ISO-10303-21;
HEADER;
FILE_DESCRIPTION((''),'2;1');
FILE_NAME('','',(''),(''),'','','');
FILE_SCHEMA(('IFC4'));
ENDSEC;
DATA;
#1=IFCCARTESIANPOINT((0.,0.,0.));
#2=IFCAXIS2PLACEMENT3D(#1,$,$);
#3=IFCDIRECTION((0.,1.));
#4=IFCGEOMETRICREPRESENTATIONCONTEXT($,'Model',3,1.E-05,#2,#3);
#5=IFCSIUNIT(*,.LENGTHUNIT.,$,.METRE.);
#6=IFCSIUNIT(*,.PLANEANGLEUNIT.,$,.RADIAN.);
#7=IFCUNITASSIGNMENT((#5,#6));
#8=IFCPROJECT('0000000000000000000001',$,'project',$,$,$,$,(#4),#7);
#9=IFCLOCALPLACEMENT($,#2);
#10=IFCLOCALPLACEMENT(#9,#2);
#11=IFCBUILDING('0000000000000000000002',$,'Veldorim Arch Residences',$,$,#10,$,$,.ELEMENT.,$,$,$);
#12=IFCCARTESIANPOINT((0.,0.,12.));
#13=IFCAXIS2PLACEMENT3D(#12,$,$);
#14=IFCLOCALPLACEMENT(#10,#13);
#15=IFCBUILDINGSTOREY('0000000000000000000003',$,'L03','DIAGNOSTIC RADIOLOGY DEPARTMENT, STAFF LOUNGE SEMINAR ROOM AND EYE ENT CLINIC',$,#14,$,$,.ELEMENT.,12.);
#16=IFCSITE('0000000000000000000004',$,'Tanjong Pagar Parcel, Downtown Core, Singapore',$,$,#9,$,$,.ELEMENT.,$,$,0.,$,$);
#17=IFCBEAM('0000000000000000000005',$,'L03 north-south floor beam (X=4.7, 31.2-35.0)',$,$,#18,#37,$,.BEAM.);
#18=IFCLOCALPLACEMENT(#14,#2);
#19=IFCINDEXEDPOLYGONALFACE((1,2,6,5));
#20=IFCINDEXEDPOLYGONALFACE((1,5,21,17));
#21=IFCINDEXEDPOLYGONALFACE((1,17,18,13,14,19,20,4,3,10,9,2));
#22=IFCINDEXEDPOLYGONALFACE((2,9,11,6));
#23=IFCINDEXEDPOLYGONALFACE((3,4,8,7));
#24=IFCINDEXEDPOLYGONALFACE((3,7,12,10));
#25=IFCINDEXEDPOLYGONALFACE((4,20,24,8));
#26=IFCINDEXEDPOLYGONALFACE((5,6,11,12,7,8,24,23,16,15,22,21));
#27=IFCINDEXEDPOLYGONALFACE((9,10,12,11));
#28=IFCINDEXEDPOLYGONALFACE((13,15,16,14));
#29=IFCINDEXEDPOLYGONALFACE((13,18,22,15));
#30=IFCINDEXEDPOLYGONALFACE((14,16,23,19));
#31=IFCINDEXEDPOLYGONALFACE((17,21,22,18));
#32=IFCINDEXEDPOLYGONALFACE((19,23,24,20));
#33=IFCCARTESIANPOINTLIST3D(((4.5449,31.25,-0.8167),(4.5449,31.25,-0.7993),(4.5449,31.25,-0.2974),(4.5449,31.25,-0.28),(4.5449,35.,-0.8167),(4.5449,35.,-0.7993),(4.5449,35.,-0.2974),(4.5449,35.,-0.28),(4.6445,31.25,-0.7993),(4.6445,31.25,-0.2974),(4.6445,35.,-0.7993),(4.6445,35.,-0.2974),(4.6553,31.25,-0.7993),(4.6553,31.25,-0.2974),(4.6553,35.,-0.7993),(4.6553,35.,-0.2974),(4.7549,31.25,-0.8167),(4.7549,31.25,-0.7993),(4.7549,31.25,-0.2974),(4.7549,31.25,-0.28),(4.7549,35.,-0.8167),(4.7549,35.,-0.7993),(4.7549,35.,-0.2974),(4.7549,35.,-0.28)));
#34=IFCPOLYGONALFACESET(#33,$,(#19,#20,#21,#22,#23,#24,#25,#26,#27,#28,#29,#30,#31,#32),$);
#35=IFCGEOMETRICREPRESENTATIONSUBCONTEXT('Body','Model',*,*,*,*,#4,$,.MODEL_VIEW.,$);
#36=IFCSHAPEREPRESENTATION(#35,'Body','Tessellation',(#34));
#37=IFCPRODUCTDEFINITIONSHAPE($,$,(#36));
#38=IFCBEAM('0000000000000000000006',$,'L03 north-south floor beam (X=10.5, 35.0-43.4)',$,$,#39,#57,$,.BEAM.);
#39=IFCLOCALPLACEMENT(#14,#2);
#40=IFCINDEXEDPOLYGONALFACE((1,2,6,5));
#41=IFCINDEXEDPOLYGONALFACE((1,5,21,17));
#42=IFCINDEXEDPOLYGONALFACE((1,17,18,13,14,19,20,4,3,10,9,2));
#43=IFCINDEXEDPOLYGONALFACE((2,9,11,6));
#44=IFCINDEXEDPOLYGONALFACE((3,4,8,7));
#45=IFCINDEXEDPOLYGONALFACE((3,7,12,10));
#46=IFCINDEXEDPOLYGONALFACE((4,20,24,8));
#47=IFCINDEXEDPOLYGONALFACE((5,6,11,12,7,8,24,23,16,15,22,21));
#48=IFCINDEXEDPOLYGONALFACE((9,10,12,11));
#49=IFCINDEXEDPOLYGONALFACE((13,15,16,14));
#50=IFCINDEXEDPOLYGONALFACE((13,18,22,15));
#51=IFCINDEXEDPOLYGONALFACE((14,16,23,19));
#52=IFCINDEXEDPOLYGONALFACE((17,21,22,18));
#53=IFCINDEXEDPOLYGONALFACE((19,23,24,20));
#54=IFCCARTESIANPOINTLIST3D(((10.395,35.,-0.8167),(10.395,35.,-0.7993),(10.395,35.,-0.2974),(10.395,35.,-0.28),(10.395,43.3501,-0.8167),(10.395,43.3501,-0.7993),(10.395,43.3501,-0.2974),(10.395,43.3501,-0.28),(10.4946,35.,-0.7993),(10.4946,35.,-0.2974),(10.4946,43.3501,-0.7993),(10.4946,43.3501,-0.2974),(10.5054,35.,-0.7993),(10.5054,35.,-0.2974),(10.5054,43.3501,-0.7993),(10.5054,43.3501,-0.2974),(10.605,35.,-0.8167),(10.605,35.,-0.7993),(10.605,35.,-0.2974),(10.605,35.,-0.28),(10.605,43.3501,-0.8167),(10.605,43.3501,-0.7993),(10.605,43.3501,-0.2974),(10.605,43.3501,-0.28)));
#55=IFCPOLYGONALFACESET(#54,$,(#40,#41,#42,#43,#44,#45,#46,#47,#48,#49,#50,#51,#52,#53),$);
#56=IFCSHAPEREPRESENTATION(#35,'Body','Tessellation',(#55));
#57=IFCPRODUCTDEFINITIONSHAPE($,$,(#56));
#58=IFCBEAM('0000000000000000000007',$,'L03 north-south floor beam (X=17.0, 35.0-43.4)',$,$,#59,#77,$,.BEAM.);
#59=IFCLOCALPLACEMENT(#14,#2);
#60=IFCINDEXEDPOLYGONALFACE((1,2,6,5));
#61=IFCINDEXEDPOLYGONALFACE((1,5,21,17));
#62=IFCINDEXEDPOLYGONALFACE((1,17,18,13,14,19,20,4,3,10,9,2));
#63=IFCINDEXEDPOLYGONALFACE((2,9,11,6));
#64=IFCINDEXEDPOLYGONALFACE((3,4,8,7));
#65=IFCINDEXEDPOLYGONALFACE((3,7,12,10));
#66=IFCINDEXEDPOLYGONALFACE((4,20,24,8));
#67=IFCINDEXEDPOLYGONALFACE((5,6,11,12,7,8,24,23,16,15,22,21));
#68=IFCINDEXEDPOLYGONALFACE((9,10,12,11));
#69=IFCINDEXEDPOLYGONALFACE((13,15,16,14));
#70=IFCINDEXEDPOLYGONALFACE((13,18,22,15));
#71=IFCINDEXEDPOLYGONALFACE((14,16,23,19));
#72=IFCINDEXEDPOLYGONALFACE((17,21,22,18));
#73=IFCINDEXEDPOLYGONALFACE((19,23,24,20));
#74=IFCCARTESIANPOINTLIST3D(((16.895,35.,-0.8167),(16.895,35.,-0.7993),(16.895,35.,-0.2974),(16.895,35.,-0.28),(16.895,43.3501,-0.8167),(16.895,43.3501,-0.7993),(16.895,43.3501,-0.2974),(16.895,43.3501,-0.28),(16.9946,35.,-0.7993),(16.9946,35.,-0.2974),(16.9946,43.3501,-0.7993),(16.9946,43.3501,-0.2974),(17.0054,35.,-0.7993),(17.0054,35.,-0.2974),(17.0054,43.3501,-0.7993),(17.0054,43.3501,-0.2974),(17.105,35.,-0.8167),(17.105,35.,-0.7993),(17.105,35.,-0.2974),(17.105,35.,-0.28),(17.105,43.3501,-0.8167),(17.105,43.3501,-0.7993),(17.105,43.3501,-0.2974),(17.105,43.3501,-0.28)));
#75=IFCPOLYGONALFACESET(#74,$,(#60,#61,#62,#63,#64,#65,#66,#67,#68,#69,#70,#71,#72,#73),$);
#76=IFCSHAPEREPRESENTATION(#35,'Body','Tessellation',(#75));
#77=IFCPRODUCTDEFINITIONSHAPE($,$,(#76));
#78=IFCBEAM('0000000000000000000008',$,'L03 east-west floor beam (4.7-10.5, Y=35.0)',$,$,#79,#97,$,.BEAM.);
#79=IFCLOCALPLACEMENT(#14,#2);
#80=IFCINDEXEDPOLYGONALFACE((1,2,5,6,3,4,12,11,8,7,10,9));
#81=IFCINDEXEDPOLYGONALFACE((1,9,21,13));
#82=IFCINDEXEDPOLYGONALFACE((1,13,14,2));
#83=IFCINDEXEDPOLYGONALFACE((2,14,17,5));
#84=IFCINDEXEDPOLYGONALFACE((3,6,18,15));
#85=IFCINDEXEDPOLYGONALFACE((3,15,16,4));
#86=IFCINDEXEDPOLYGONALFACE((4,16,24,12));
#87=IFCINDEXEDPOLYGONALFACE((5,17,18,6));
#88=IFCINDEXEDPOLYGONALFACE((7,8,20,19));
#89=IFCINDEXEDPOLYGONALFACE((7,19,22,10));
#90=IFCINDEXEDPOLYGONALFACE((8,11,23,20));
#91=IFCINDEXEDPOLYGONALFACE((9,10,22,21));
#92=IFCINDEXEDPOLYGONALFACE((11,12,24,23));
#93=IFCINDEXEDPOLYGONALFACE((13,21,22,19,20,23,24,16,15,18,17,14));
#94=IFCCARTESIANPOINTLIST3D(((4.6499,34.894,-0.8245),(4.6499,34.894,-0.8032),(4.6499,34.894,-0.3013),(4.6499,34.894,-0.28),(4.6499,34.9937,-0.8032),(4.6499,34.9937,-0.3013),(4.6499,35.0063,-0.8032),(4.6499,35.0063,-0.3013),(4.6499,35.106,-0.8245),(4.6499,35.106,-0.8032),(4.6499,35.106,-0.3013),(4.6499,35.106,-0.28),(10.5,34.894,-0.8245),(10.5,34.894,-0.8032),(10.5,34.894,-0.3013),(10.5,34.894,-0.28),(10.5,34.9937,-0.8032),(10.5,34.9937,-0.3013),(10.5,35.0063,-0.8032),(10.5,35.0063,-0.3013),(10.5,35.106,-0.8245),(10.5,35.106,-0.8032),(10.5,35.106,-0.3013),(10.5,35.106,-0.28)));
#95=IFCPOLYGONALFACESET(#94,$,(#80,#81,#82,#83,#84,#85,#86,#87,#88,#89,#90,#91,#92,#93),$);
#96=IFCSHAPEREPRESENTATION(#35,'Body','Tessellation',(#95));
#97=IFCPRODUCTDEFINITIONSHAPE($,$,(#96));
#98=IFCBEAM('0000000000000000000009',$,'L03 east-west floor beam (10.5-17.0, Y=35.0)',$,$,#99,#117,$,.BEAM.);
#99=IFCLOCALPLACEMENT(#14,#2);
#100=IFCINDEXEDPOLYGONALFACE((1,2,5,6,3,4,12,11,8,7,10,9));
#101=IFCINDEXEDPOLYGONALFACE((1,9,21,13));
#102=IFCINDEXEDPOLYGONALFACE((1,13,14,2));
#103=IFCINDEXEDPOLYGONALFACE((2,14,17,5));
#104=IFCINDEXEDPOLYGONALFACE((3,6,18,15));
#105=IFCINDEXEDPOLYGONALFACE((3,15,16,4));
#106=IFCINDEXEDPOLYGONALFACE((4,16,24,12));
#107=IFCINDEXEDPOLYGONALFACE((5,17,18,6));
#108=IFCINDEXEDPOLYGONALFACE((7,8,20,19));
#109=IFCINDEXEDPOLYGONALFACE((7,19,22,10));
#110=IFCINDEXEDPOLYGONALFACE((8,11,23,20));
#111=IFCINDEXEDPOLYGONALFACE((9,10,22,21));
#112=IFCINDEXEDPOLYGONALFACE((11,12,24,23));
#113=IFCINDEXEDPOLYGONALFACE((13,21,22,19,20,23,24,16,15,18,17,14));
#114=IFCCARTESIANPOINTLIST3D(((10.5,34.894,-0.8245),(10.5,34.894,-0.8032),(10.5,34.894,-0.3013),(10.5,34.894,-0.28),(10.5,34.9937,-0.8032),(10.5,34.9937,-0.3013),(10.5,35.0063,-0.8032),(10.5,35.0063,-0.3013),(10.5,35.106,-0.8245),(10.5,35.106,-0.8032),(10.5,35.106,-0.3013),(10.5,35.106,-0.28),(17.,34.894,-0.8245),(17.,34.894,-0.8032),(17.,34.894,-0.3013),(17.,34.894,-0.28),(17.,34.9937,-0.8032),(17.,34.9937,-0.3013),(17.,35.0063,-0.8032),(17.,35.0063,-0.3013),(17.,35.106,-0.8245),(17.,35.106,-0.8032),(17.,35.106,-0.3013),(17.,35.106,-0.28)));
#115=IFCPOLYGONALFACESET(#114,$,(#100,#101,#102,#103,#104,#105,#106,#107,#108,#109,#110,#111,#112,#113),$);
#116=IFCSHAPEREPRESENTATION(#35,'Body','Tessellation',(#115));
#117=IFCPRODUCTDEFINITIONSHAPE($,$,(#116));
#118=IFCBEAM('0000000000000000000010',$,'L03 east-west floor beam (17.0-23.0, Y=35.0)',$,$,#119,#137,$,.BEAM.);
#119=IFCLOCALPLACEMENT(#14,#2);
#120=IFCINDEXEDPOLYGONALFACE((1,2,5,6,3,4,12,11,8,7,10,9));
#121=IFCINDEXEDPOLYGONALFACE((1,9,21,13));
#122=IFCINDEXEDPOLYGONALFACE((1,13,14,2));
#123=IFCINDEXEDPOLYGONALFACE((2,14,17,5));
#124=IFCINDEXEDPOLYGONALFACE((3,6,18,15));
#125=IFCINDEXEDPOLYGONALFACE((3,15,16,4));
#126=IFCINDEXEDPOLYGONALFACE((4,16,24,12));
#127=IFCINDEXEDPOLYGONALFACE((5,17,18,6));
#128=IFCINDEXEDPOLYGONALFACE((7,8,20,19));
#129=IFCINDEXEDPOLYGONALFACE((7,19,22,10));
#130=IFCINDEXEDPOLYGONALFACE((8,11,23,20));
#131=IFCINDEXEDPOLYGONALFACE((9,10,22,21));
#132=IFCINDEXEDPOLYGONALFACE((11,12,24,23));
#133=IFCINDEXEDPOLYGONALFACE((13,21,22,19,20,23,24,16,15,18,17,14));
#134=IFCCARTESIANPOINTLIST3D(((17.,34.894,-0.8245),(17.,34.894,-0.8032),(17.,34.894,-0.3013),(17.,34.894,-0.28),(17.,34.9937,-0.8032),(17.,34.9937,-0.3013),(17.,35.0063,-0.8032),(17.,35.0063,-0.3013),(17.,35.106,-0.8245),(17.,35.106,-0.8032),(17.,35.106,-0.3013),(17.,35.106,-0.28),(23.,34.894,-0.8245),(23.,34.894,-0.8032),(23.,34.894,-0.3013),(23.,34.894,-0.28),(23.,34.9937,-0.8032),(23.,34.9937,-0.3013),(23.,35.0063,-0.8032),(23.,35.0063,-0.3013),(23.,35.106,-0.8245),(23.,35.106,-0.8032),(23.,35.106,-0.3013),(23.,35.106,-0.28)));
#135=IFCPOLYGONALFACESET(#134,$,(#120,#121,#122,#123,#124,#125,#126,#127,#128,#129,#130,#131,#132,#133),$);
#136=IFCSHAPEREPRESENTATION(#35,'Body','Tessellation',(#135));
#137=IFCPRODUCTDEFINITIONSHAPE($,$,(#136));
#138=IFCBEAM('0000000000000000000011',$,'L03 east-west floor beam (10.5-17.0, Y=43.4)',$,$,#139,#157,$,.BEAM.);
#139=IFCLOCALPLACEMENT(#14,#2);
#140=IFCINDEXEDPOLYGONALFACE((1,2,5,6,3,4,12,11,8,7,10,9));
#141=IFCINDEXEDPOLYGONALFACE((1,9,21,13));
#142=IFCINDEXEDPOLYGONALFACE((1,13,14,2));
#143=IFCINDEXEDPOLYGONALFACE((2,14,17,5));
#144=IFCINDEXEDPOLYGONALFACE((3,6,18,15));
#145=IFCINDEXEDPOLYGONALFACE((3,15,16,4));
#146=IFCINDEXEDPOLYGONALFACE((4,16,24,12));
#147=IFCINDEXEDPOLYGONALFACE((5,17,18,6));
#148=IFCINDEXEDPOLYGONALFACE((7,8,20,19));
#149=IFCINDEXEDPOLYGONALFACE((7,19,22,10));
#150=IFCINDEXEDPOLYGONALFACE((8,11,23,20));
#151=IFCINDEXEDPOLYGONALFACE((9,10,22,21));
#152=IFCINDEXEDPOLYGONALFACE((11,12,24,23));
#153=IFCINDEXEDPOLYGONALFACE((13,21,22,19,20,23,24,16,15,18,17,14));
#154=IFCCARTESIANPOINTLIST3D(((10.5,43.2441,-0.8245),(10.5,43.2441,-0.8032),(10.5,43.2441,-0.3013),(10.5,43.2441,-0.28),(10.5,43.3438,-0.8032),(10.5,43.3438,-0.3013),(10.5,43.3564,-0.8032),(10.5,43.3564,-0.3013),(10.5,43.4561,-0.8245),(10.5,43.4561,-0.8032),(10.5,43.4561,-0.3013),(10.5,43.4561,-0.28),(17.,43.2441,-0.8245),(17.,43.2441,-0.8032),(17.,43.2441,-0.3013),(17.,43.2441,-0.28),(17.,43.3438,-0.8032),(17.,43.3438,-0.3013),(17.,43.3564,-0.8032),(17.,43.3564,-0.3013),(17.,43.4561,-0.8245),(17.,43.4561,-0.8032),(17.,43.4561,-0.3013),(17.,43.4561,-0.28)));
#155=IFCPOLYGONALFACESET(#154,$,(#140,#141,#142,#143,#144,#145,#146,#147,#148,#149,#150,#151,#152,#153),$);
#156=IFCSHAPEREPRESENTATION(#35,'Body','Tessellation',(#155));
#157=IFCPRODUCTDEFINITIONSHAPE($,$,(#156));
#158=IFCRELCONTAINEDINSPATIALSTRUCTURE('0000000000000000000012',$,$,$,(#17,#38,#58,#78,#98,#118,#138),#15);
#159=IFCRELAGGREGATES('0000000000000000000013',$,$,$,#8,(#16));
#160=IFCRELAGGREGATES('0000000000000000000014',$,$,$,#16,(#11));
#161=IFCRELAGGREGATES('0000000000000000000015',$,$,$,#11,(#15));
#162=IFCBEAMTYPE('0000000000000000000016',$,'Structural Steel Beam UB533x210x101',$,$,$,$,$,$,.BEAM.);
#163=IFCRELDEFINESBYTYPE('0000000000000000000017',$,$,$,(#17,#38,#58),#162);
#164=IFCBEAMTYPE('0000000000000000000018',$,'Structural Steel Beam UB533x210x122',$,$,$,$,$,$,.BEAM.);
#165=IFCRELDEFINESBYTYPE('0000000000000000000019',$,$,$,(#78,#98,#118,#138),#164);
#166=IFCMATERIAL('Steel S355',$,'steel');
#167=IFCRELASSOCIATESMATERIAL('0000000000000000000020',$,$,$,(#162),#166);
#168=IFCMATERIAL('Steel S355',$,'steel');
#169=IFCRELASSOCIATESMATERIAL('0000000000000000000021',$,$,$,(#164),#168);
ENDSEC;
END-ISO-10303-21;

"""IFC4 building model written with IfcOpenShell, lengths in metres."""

from ifc_helpers import new_model, si_unit, direction, frame, origin, origin_2d, place, context, subcontext, project, spatial, i_section, extrude, material, material_profile, profile_set, type_object, element, save


model = new_model("IFC4")

# Units and contexts
model_context = context("Model", 3, precision=1e-05, world=origin(), true_north=direction((0.0, 1.0)))
body_context = subcontext(model_context, "Body", "Model", "MODEL_VIEW")
ifc_project = project(units=[si_unit("LENGTHUNIT", "METRE"), si_unit("PLANEANGLEUNIT", "RADIAN")], contexts=[model_context])

# Site, building, storey
site_placement = place(None, origin())
site = spatial("IfcSite", under=ifc_project, at=site_placement, Name="Tanjong Pagar Parcel, Downtown Core, Singapore", CompositionType="ELEMENT", RefElevation=0.0)
building_placement = place(site_placement, origin())
building = spatial("IfcBuilding", under=site, at=building_placement, Name="Veldorim Arch Residences", CompositionType="ELEMENT")
storey_placement = place(building_placement, frame((0.0, 0.0, 12.0)))
storey = spatial("IfcBuildingStorey", under=building, at=storey_placement, Name="L03", Description="DIAGNOSTIC RADIOLOGY DEPARTMENT, STAFF LOUNGE SEMINAR ROOM AND EYE ENT CLINIC", CompositionType="ELEMENT", Elevation=12.0)

# Beams
ifc_material_1 = material(Name="Steel S355", Category="steel")
ifc_material_profile_1 = material_profile(ifc_material_1, i_section(OverallWidth=0.21, OverallDepth=0.5366, WebThickness=0.0107, FlangeThickness=0.0173, at=origin_2d()), Name="UB533x210x101")
ifc_profile_set_1 = profile_set([ifc_material_profile_1], Name="Steel S355")
beam_type_1 = type_object("IfcBeamType", Name="Structural Steel Beam UB533x210x101", PredefinedType="BEAM", material=ifc_profile_set_1)
beam_1_placement = place(storey_placement, frame((4.6499, 31.25, -0.5483), z_axis=(0.0, 1.0, 0.0), x_axis=(-1.0, 0.0, 0.0)))
element("IfcBeam", 1, at=beam_1_placement, inside=storey, type_object=beam_type_1, Name="L03 north-south floor beam (X=4.7, 31.2-35.0)", PredefinedType="BEAM", context=body_context, shape_type="SweptSolid", body=[
    extrude(i_section(OverallWidth=0.21, OverallDepth=0.5366, WebThickness=0.0107, FlangeThickness=0.0173, at=origin_2d()), origin(), (0.0, 0.0, 1.0), 3.75),
])
for number, where, z_axis, x_axis, name in (
    (2, (10.5, 35.0, -0.5483), (0.0, 1.0, 0.0), (-1.0, 0.0, 0.0), "L03 north-south floor beam (X=10.5, 35.0-43.4)"),
    (3, (17.0, 35.0, -0.5483), (0.0, 1.0, 0.0), (-1.0, 0.0, 0.0), "L03 north-south floor beam (X=17.0, 35.0-43.4)"),
):
    element("IfcBeam", number, at=place(storey_placement, frame(where, z_axis=z_axis, x_axis=x_axis)), inside=storey, type_object=beam_type_1, Name=name, PredefinedType="BEAM", context=body_context, shape_type="SweptSolid", body=[
        extrude(i_section(OverallWidth=0.21, OverallDepth=0.5366, WebThickness=0.0107, FlangeThickness=0.0173, at=origin_2d()), origin(), (0.0, 0.0, 1.0), 8.3501),
    ])
ifc_material_2 = material(Name="Steel S355", Category="steel")
ifc_material_profile_2 = material_profile(ifc_material_2, i_section(OverallWidth=0.2119, OverallDepth=0.5444, WebThickness=0.0127, FlangeThickness=0.0212, at=origin_2d()), Name="UB533x210x122")
ifc_profile_set_2 = profile_set([ifc_material_profile_2], Name="Steel S355")
beam_type_2 = type_object("IfcBeamType", Name="Structural Steel Beam UB533x210x122", PredefinedType="BEAM", material=ifc_profile_set_2)
beam_2_placement = place(storey_placement, frame((4.6499, 35.0, -0.5522), z_axis=(1.0, 0.0, 0.0), x_axis=(0.0, 1.0, 0.0)))
element("IfcBeam", 4, at=beam_2_placement, inside=storey, type_object=beam_type_2, Name="L03 east-west floor beam (4.7-10.5, Y=35.0)", PredefinedType="BEAM", context=body_context, shape_type="SweptSolid", body=[
    extrude(i_section(OverallWidth=0.2119, OverallDepth=0.5444, WebThickness=0.0127, FlangeThickness=0.0212, at=origin_2d()), origin(), (0.0, 0.0, 1.0), 5.8501),
])
beam_3_placement = place(storey_placement, frame((10.5, 35.0, -0.5522), z_axis=(1.0, 0.0, 0.0), x_axis=(0.0, 1.0, 0.0)))
element("IfcBeam", 5, at=beam_3_placement, inside=storey, type_object=beam_type_2, Name="L03 east-west floor beam (10.5-17.0, Y=35.0)", PredefinedType="BEAM", context=body_context, shape_type="SweptSolid", body=[
    extrude(i_section(OverallWidth=0.2119, OverallDepth=0.5444, WebThickness=0.0127, FlangeThickness=0.0212, at=origin_2d()), origin(), (0.0, 0.0, 1.0), 6.5),
])
beam_4_placement = place(storey_placement, frame((17.0, 35.0, -0.5522), z_axis=(1.0, 0.0, 0.0), x_axis=(0.0, 1.0, 0.0)))
element("IfcBeam", 6, at=beam_4_placement, inside=storey, type_object=beam_type_2, Name="L03 east-west floor beam (17.0-23.0, Y=35.0)", PredefinedType="BEAM", context=body_context, shape_type="SweptSolid", body=[
    extrude(i_section(OverallWidth=0.2119, OverallDepth=0.5444, WebThickness=0.0127, FlangeThickness=0.0212, at=origin_2d()), origin(), (0.0, 0.0, 1.0), 6.0),
])
beam_5_placement = place(storey_placement, frame((10.5, 43.3501, -0.5522), z_axis=(1.0, 0.0, 0.0), x_axis=(0.0, 1.0, 0.0)))
element("IfcBeam", 7, at=beam_5_placement, inside=storey, type_object=beam_type_2, Name="L03 east-west floor beam (10.5-17.0, Y=43.4)", PredefinedType="BEAM", context=body_context, shape_type="SweptSolid", body=[
    extrude(i_section(OverallWidth=0.2119, OverallDepth=0.5444, WebThickness=0.0127, FlangeThickness=0.0212, at=origin_2d()), origin(), (0.0, 0.0, 1.0), 6.5),
])

save(model, "model.ifc")
